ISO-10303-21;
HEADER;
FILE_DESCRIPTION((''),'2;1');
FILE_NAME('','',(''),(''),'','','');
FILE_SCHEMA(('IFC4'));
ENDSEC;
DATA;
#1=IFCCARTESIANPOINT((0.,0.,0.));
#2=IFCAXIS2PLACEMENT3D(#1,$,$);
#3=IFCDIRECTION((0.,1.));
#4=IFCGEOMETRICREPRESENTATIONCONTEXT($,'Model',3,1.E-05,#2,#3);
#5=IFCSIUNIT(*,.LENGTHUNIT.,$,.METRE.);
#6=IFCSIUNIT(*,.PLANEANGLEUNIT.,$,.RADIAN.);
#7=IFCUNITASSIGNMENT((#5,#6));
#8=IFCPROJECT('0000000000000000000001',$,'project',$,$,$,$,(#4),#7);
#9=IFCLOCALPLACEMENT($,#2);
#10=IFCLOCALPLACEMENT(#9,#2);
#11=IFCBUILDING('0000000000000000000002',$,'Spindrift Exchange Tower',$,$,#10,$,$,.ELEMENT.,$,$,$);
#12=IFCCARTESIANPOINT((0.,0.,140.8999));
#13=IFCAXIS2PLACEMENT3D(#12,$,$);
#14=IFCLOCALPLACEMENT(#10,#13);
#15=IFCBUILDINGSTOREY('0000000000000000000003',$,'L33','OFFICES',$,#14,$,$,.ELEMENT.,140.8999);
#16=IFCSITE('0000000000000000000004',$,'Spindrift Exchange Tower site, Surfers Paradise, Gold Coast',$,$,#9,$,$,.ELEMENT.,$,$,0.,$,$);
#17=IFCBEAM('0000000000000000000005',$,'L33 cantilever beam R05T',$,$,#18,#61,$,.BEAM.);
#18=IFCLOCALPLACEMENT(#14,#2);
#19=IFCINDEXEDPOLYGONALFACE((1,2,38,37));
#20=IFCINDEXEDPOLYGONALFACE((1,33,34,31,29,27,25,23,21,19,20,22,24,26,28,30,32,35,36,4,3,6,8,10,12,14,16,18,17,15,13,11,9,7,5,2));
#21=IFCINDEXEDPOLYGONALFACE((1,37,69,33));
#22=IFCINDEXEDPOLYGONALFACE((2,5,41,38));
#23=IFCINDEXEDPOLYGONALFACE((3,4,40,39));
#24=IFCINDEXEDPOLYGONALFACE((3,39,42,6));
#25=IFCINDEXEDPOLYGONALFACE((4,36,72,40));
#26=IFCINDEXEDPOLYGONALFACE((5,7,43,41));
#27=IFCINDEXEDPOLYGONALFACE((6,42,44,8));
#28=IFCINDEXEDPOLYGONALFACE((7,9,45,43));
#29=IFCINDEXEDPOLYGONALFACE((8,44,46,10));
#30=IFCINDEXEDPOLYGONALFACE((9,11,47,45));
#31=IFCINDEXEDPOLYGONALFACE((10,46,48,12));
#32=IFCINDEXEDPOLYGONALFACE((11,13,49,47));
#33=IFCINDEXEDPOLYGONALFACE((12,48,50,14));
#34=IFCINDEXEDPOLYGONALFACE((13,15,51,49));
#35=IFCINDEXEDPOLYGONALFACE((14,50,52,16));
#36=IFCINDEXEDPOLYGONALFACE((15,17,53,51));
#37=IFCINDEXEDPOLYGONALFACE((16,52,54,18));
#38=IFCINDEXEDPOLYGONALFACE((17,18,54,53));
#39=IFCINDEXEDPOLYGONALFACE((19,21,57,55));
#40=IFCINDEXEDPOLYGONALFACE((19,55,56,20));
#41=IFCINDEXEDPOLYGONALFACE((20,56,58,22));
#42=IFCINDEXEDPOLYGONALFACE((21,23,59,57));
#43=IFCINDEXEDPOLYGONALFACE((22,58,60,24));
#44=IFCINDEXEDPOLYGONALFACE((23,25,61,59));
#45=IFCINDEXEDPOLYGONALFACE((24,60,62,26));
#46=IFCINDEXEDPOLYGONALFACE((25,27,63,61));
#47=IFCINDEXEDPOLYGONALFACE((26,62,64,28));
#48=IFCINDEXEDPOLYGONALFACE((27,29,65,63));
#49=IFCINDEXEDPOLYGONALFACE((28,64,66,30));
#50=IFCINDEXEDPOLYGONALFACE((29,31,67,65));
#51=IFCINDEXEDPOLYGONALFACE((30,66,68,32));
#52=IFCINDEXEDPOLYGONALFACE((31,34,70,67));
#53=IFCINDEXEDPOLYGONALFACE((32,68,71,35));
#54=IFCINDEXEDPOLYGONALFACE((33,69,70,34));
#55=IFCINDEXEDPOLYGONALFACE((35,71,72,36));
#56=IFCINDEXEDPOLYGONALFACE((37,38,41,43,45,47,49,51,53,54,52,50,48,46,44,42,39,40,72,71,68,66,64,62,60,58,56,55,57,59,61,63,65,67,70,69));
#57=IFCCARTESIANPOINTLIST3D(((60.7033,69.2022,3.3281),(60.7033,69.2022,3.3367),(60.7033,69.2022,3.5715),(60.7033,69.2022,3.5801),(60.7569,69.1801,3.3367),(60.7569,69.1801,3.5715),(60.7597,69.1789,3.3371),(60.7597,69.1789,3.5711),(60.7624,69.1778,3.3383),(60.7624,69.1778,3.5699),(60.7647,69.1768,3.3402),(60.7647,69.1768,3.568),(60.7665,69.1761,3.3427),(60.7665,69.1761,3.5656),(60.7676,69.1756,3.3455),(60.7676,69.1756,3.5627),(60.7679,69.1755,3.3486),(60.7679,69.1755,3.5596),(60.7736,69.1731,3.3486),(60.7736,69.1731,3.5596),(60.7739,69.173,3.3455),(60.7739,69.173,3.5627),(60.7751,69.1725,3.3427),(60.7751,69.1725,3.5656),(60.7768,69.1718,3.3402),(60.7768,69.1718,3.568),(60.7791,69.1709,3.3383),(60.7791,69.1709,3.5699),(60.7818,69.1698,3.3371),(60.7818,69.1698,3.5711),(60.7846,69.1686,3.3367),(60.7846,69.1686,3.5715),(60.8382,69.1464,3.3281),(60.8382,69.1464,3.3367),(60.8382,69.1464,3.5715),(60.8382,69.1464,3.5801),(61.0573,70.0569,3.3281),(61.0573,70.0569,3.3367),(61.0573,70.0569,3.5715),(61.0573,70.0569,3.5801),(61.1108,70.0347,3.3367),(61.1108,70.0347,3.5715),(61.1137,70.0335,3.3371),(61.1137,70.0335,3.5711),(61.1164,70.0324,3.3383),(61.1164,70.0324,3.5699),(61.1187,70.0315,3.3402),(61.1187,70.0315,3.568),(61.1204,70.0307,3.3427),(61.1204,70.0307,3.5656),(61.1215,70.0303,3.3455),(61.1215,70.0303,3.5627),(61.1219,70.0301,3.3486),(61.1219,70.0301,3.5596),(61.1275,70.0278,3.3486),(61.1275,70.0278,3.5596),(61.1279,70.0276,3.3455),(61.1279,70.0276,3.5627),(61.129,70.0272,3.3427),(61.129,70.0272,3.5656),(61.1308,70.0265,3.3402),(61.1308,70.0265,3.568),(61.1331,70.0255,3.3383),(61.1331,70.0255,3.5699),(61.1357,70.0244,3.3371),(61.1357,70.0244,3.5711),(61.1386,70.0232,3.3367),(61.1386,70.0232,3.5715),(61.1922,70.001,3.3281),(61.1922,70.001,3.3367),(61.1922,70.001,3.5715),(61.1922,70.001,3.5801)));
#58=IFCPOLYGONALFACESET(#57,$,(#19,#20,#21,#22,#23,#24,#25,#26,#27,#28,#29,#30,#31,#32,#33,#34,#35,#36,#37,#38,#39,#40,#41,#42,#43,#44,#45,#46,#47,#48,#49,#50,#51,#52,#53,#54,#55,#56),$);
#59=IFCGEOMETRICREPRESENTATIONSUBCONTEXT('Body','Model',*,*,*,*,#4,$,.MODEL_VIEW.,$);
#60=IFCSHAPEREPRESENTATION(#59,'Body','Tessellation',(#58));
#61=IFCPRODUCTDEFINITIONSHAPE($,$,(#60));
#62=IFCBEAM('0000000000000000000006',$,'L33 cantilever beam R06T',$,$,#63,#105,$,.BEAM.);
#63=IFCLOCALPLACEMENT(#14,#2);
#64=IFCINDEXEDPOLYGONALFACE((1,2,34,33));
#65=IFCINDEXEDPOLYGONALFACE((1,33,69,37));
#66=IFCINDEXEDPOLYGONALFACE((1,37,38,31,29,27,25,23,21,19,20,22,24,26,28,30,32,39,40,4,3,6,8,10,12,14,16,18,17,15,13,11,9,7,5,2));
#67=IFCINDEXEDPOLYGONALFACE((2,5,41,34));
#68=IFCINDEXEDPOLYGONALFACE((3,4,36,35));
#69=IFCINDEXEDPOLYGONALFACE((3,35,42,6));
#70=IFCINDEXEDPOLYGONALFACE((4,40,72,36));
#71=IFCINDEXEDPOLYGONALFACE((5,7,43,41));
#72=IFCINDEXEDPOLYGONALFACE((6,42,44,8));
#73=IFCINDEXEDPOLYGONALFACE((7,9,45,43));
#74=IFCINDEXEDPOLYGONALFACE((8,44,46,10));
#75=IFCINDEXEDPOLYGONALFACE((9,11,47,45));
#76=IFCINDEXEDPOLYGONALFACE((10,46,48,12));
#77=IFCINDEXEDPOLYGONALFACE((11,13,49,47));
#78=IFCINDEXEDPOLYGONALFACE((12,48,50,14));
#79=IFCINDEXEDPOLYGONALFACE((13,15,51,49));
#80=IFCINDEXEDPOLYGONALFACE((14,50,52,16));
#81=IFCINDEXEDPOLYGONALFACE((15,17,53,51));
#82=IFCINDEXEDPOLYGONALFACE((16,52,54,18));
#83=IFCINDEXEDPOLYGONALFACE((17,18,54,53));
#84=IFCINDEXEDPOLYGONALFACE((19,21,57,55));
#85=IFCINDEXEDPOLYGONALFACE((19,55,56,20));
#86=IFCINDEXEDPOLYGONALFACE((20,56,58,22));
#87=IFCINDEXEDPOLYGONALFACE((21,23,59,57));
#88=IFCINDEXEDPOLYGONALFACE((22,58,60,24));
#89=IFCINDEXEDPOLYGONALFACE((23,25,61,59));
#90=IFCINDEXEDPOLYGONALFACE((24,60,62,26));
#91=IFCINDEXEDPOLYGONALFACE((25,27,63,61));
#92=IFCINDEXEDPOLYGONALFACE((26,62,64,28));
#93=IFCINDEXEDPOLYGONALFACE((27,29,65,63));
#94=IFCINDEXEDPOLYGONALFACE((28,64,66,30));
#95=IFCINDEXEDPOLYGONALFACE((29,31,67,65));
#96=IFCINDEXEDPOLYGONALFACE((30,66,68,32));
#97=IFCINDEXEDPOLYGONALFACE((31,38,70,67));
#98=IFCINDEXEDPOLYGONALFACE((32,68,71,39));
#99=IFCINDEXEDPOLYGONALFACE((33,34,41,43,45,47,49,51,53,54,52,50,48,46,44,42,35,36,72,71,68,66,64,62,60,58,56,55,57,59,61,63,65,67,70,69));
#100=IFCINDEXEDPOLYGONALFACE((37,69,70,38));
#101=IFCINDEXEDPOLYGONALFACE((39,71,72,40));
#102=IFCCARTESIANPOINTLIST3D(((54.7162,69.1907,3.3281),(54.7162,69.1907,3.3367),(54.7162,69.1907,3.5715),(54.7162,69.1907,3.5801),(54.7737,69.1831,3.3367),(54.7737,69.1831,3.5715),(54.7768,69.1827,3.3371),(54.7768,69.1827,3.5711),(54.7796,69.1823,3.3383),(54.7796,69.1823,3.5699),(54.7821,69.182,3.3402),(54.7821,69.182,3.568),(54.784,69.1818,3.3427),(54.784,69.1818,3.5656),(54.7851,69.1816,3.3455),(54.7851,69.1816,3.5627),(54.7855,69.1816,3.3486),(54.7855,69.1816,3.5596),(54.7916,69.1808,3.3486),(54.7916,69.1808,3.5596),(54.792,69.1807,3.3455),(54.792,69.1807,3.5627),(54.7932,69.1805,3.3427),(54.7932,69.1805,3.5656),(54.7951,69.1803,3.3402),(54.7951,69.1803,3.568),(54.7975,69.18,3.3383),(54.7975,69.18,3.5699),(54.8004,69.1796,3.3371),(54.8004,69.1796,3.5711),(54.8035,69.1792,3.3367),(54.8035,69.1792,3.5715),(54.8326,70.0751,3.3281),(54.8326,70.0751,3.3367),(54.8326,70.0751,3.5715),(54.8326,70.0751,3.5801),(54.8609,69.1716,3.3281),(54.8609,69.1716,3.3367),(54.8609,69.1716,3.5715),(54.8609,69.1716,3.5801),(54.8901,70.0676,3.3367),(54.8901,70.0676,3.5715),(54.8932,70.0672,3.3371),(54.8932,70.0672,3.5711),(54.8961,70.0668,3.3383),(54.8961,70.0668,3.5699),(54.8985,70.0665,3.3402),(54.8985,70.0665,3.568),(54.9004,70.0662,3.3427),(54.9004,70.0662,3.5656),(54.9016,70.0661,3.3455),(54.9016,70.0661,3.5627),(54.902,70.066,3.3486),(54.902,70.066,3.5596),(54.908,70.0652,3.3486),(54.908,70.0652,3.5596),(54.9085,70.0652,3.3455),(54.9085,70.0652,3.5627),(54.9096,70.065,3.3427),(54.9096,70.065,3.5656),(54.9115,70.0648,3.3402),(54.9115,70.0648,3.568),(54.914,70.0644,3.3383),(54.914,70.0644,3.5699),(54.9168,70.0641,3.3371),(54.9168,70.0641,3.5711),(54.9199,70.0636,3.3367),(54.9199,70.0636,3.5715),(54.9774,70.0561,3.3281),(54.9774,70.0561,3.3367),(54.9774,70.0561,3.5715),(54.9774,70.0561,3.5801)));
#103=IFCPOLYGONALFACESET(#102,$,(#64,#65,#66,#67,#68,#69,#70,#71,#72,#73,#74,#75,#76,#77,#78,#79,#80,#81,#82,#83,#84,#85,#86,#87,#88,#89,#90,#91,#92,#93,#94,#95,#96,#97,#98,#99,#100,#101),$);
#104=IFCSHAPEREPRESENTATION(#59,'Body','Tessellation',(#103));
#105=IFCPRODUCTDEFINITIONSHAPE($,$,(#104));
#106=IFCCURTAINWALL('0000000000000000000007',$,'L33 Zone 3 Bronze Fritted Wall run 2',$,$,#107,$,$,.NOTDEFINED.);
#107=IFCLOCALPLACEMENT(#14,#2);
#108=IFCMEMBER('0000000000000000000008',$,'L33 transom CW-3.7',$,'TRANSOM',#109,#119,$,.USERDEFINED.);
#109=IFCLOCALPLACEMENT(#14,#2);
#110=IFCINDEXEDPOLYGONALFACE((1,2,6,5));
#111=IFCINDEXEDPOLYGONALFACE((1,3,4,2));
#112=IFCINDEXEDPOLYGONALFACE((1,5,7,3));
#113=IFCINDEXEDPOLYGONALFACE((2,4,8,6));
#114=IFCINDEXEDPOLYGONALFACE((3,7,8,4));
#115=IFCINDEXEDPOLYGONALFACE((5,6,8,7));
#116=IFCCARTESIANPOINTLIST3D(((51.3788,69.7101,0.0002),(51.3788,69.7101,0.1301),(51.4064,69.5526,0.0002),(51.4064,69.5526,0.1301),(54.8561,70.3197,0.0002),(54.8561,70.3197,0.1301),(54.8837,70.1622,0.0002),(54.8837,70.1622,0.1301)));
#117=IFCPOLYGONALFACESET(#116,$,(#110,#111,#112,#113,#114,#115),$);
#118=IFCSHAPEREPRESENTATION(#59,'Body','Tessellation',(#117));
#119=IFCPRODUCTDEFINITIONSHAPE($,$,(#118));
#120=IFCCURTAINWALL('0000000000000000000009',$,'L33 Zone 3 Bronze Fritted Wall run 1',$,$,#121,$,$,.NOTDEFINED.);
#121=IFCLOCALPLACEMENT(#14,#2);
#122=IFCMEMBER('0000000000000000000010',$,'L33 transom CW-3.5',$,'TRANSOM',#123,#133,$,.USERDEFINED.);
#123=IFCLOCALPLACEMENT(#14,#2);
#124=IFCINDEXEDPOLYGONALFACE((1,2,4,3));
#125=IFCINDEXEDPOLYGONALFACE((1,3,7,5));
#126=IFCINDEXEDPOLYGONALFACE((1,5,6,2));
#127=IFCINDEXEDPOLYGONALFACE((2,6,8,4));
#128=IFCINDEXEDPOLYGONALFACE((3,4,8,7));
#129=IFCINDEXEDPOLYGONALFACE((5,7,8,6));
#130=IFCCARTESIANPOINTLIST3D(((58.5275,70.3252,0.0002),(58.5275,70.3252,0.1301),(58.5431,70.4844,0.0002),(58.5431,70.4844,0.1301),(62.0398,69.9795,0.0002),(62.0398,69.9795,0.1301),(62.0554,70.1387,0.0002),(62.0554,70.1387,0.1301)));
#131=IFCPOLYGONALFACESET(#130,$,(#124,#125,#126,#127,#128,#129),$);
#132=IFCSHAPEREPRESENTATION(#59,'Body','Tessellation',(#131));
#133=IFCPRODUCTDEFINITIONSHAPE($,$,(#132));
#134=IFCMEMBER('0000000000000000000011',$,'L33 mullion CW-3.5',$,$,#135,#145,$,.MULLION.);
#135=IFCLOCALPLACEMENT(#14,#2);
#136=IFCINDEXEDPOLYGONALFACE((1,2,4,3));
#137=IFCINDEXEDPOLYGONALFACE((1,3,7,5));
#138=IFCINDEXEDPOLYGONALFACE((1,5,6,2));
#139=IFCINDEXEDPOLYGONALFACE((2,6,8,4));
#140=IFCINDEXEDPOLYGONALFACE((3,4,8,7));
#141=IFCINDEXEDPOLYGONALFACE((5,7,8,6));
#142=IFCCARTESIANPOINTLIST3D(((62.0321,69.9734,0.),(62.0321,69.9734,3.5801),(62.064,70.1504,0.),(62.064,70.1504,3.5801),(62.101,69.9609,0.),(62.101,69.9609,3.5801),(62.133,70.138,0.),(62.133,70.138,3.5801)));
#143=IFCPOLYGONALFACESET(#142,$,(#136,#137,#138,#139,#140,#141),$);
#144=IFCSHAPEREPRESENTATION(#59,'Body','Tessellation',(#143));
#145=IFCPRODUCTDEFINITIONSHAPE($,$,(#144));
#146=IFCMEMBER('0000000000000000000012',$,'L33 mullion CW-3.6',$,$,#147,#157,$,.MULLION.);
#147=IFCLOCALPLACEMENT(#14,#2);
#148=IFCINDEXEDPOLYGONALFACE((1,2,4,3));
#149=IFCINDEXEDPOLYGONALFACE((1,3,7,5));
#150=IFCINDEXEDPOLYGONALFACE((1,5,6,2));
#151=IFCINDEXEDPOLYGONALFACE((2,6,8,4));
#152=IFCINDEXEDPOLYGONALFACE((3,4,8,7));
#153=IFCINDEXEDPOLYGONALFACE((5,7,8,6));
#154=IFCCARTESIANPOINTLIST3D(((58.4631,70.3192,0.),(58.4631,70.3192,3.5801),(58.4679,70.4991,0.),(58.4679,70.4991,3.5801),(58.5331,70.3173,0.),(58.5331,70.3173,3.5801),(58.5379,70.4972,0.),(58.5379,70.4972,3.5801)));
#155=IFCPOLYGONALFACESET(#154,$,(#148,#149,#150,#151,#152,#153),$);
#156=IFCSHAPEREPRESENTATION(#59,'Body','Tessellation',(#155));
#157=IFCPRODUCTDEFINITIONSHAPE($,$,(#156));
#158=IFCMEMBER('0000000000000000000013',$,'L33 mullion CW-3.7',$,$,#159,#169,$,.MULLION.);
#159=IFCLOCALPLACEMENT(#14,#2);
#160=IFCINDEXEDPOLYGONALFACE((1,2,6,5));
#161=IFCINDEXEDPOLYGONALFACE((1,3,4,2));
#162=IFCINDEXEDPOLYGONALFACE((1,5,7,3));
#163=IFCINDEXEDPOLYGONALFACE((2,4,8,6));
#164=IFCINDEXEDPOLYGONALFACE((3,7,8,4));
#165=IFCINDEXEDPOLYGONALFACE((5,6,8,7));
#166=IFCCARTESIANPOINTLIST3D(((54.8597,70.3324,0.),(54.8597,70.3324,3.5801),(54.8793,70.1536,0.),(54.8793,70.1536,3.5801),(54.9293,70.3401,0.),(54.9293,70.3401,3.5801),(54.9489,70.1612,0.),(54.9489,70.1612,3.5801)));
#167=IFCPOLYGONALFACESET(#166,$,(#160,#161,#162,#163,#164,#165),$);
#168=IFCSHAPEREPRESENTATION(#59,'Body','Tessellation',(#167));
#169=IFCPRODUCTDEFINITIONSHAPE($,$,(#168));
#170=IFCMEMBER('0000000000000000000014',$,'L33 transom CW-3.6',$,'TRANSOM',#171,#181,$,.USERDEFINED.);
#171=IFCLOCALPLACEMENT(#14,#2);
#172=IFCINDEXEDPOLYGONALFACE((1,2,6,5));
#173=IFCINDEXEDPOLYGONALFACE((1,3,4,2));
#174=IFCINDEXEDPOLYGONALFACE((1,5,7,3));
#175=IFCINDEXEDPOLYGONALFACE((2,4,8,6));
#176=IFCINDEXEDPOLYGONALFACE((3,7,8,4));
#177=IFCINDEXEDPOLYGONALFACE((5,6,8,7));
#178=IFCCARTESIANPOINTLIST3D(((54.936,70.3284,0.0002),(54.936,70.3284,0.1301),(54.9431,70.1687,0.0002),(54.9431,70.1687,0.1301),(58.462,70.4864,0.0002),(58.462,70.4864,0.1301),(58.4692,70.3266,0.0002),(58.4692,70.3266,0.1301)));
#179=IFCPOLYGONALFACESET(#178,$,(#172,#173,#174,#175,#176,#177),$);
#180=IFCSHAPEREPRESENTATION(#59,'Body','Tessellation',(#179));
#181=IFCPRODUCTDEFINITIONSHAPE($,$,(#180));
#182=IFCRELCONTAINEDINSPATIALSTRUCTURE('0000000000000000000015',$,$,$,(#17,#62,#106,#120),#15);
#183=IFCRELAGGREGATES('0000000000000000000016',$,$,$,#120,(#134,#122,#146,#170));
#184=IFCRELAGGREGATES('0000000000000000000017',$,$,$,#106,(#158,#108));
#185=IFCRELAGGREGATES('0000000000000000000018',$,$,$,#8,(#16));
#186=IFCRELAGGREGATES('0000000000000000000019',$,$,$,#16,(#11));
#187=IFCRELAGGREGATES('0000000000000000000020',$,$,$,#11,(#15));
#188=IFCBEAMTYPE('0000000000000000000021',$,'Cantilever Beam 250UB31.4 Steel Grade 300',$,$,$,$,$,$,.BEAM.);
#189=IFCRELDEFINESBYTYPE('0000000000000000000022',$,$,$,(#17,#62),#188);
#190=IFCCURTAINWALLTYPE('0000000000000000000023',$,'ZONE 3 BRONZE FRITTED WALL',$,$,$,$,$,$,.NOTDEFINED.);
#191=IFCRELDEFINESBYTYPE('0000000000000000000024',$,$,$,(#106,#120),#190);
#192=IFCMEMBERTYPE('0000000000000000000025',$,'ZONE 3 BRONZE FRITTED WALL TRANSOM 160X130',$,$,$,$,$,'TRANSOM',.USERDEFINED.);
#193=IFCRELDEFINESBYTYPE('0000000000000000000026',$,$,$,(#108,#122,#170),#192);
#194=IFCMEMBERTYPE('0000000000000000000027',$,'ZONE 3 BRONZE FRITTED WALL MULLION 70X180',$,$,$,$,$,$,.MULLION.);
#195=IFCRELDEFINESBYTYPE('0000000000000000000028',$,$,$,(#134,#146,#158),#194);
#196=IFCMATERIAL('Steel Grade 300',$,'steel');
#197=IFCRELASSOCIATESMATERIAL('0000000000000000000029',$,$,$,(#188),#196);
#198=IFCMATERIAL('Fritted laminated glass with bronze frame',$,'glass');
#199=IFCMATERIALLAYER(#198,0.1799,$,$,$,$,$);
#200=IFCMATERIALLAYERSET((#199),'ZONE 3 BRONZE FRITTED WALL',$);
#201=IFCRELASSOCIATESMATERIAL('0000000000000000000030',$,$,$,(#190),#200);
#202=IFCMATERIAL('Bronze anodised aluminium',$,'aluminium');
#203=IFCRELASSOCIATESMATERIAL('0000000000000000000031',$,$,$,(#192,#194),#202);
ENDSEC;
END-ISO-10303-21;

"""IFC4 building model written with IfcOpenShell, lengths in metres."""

from ifc_helpers import new_model, si_unit, direction, frame, origin, origin_2d, place, context, subcontext, project, spatial, rectangle, i_section, extrude, source, transform, mapped, material, layer, layer_set, material_profile, profile_set, type_object, element, aggregate, save


model = new_model("IFC4")

# Units and contexts
model_context = context("Model", 3, precision=1e-05, world=origin(), true_north=direction((0.0, 1.0)))
body_context = subcontext(model_context, "Body", "Model", "MODEL_VIEW")
ifc_project = project(units=[si_unit("LENGTHUNIT", "METRE"), si_unit("PLANEANGLEUNIT", "RADIAN")], contexts=[model_context])

# Site, building, storey
site_placement = place(None, origin())
site = spatial("IfcSite", under=ifc_project, at=site_placement, Name="Spindrift Exchange Tower site, Surfers Paradise, Gold Coast", CompositionType="ELEMENT", RefElevation=0.0)
building_placement = place(site_placement, origin())
building = spatial("IfcBuilding", under=site, at=building_placement, Name="Spindrift Exchange Tower", CompositionType="ELEMENT")
storey_placement = place(building_placement, frame((0.0, 0.0, 140.8999)))
storey = spatial("IfcBuildingStorey", under=building, at=storey_placement, Name="L33", Description="OFFICES", CompositionType="ELEMENT", Elevation=140.8999)

# Beams
ifc_material_1 = material(Name="Steel Grade 300", Category="steel")
ifc_material_profile_1 = material_profile(ifc_material_1, i_section(OverallWidth=0.146, OverallDepth=0.252, WebThickness=0.0061, FlangeThickness=0.0085, FilletRadius=0.012, at=origin_2d()), Name="250UB31.4")
ifc_profile_set_1 = profile_set([ifc_material_profile_1], Name="Steel Grade 300")
beam_type_1 = type_object("IfcBeamType", Name="Cantilever Beam 250UB31.4 Steel Grade 300", PredefinedType="BEAM", material=ifc_profile_set_1)
shared_shape_1 = source(origin(), body_context, "Body", "SweptSolid", [
    extrude(i_section(OverallWidth=0.146, OverallDepth=0.252, WebThickness=0.0061, FlangeThickness=0.0085, FilletRadius=0.012, at=origin_2d()), origin(), (0.0, 0.0, 1.0), 0.925),
])
beam_1_placement = place(storey_placement, frame((60.7708, 69.1743, 3.4541), z_axis=(0.382647, 0.923895, 0.0), x_axis=(-0.923895, 0.382647, 0.0)))
element("IfcBeam", 1, at=beam_1_placement, inside=storey, type_object=beam_type_1, Name="L33 cantilever beam R05T", PredefinedType="BEAM", context=body_context, shape_type="MappedRepresentation", body=[
    mapped(shared_shape_1, transform((0.0, 0.0, 0.0), scale=1.0)),
])
shared_shape_2 = source(origin(), body_context, "Body", "SweptSolid", [
    extrude(i_section(OverallWidth=0.146, OverallDepth=0.252, WebThickness=0.0061, FlangeThickness=0.0085, FilletRadius=0.012, at=origin_2d()), origin(), (0.0, 0.0, 1.0), 0.8921),
])
beam_2_placement = place(storey_placement, frame((54.7886, 69.1812, 3.4541), z_axis=(0.130532, 0.991444, 0.0), x_axis=(-0.991444, 0.130532, 0.0)))
element("IfcBeam", 2, at=beam_2_placement, inside=storey, type_object=beam_type_1, Name="L33 cantilever beam R06T", PredefinedType="BEAM", context=body_context, shape_type="MappedRepresentation", body=[
    mapped(shared_shape_2, transform((0.0, 0.0, 0.0), scale=1.0)),
])

# Curtain wall, member
ifc_material_2 = material(Name="Fritted laminated glass with bronze frame", Category="glass")
ifc_layer_1 = layer(ifc_material_2, 0.1799)
ifc_layer_set_1 = layer_set([ifc_layer_1], Name="ZONE 3 BRONZE FRITTED WALL")
curtain_wall_type = type_object("IfcCurtainWallType", Name="ZONE 3 BRONZE FRITTED WALL", PredefinedType="NOTDEFINED", material=ifc_layer_set_1)
curtain_wall_1_placement = place(storey_placement, origin())
curtain_wall_1 = element("IfcCurtainWall", 3, at=curtain_wall_1_placement, inside=storey, type_object=curtain_wall_type, Name="L33 Zone 3 Bronze Fritted Wall run 2", PredefinedType="NOTDEFINED")
ifc_material_3 = material(Name="Bronze anodised aluminium", Category="aluminium")
ifc_material_profile_2 = material_profile(ifc_material_3, rectangle(XDim=0.1599, YDim=0.1299, at=origin_2d()), Name="ZONE 3 BRONZE FRITTED WALL TRANSOM 160X130")
ifc_profile_set_2 = profile_set([ifc_material_profile_2], Name="Bronze anodised aluminium")
member_type_1 = type_object("IfcMemberType", Name="ZONE 3 BRONZE FRITTED WALL TRANSOM 160X130", ElementType="TRANSOM", PredefinedType="USERDEFINED", material=ifc_profile_set_2)
shared_shape_3 = source(origin(), body_context, "Body", "SweptSolid", [
    extrude(rectangle(XDim=0.1599, YDim=0.1299, at=origin_2d()), origin(), (0.0, 0.0, 1.0), 3.5303),
])
member_1_placement = place(storey_placement, frame((54.8699, 70.241, 0.0652), z_axis=(-0.984978, -0.172681, 0.0), x_axis=(0.172681, -0.984978, 0.0)))
member_1 = element("IfcMember", 4, at=member_1_placement, type_object=member_type_1, Name="L33 transom CW-3.7", ObjectType="TRANSOM", PredefinedType="USERDEFINED", context=body_context, shape_type="MappedRepresentation", body=[
    mapped(shared_shape_3, transform((0.0, 0.0, 0.0), scale=1.0)),
])

# Curtain wall, members
curtain_wall_2_placement = place(storey_placement, origin())
curtain_wall_2 = element("IfcCurtainWall", 5, at=curtain_wall_2_placement, inside=storey, type_object=curtain_wall_type, Name="L33 Zone 3 Bronze Fritted Wall run 1", PredefinedType="NOTDEFINED")
shared_shape_4 = source(origin(), body_context, "Body", "SweptSolid", [
    extrude(rectangle(XDim=0.1599, YDim=0.1299, at=origin_2d()), origin(), (0.0, 0.0, 1.0), 3.5293),
])
member_2_placement = place(storey_placement, frame((62.0476, 70.0591, 0.0652), z_axis=(-0.995191, 0.097956, 0.0), x_axis=(-0.097956, -0.995191, 0.0)))
member_2 = element("IfcMember", 6, at=member_2_placement, type_object=member_type_1, Name="L33 transom CW-3.5", ObjectType="TRANSOM", PredefinedType="USERDEFINED", context=body_context, shape_type="MappedRepresentation", body=[
    mapped(shared_shape_4, transform((0.0, 0.0, 0.0), scale=1.0)),
])
ifc_material_profile_3 = material_profile(ifc_material_3, rectangle(XDim=0.0701, YDim=0.1799, at=origin_2d()), Name="ZONE 3 BRONZE FRITTED WALL MULLION 70X180")
ifc_profile_set_3 = profile_set([ifc_material_profile_3], Name="Bronze anodised aluminium")
member_type_2 = type_object("IfcMemberType", Name="ZONE 3 BRONZE FRITTED WALL MULLION 70X180", PredefinedType="MULLION", material=ifc_profile_set_3)
shared_shape_5 = source(origin(), body_context, "Body", "SweptSolid", [
    extrude(rectangle(XDim=0.0701, YDim=0.1799, at=origin_2d()), origin(), (0.0, 0.0, 1.0), 3.5801),
])
member_3_placement = place(storey_placement, frame((62.0825, 70.0557, 0.0), z_axis=(0.0, 0.0, 1.0), x_axis=(-0.984101, 0.177612, 0.0)))
member_3 = element("IfcMember", 7, at=member_3_placement, type_object=member_type_2, Name="L33 mullion CW-3.5", PredefinedType="MULLION", context=body_context, shape_type="MappedRepresentation", body=[
    mapped(shared_shape_5, transform((0.0, 0.0, 0.0), scale=1.0)),
])
member_4_placement = place(storey_placement, frame((58.5005, 70.4082, 0.0), z_axis=(0.0, 0.0, 1.0), x_axis=(-0.999645, 0.026648, 0.0)))
member_4 = element("IfcMember", 8, at=member_4_placement, type_object=member_type_2, Name="L33 mullion CW-3.6", PredefinedType="MULLION", context=body_context, shape_type="MappedRepresentation", body=[
    mapped(shared_shape_5, transform((0.0, 0.0, 0.0), scale=1.0)),
])

# Members
member_5_placement = place(storey_placement, frame((54.9043, 70.2468, 0.0), z_axis=(0.0, 0.0, 1.0), x_axis=(-0.994047, -0.108956, 0.0)))
member_5 = element("IfcMember", 9, at=member_5_placement, type_object=member_type_2, Name="L33 mullion CW-3.7", PredefinedType="MULLION", context=body_context, shape_type="MappedRepresentation", body=[
    mapped(shared_shape_5, transform((0.0, 0.0, 0.0), scale=1.0)),
])
shared_shape_6 = source(origin(), body_context, "Body", "SweptSolid", [
    extrude(rectangle(XDim=0.1599, YDim=0.1299, at=origin_2d()), origin(), (0.0, 0.0, 1.0), 3.5295),
])
member_6_placement = place(storey_placement, frame((58.4656, 70.4065, 0.0652), z_axis=(-0.998998, -0.044752, 0.0), x_axis=(0.044752, -0.998998, 0.0)))
member_6 = element("IfcMember", 10, at=member_6_placement, type_object=member_type_1, Name="L33 transom CW-3.6", ObjectType="TRANSOM", PredefinedType="USERDEFINED", context=body_context, shape_type="MappedRepresentation", body=[
    mapped(shared_shape_6, transform((0.0, 0.0, 0.0), scale=1.0)),
])

aggregate(curtain_wall_2, [member_3, member_2, member_4, member_6])
aggregate(curtain_wall_1, [member_5, member_1])

save(model, "model.ifc")
